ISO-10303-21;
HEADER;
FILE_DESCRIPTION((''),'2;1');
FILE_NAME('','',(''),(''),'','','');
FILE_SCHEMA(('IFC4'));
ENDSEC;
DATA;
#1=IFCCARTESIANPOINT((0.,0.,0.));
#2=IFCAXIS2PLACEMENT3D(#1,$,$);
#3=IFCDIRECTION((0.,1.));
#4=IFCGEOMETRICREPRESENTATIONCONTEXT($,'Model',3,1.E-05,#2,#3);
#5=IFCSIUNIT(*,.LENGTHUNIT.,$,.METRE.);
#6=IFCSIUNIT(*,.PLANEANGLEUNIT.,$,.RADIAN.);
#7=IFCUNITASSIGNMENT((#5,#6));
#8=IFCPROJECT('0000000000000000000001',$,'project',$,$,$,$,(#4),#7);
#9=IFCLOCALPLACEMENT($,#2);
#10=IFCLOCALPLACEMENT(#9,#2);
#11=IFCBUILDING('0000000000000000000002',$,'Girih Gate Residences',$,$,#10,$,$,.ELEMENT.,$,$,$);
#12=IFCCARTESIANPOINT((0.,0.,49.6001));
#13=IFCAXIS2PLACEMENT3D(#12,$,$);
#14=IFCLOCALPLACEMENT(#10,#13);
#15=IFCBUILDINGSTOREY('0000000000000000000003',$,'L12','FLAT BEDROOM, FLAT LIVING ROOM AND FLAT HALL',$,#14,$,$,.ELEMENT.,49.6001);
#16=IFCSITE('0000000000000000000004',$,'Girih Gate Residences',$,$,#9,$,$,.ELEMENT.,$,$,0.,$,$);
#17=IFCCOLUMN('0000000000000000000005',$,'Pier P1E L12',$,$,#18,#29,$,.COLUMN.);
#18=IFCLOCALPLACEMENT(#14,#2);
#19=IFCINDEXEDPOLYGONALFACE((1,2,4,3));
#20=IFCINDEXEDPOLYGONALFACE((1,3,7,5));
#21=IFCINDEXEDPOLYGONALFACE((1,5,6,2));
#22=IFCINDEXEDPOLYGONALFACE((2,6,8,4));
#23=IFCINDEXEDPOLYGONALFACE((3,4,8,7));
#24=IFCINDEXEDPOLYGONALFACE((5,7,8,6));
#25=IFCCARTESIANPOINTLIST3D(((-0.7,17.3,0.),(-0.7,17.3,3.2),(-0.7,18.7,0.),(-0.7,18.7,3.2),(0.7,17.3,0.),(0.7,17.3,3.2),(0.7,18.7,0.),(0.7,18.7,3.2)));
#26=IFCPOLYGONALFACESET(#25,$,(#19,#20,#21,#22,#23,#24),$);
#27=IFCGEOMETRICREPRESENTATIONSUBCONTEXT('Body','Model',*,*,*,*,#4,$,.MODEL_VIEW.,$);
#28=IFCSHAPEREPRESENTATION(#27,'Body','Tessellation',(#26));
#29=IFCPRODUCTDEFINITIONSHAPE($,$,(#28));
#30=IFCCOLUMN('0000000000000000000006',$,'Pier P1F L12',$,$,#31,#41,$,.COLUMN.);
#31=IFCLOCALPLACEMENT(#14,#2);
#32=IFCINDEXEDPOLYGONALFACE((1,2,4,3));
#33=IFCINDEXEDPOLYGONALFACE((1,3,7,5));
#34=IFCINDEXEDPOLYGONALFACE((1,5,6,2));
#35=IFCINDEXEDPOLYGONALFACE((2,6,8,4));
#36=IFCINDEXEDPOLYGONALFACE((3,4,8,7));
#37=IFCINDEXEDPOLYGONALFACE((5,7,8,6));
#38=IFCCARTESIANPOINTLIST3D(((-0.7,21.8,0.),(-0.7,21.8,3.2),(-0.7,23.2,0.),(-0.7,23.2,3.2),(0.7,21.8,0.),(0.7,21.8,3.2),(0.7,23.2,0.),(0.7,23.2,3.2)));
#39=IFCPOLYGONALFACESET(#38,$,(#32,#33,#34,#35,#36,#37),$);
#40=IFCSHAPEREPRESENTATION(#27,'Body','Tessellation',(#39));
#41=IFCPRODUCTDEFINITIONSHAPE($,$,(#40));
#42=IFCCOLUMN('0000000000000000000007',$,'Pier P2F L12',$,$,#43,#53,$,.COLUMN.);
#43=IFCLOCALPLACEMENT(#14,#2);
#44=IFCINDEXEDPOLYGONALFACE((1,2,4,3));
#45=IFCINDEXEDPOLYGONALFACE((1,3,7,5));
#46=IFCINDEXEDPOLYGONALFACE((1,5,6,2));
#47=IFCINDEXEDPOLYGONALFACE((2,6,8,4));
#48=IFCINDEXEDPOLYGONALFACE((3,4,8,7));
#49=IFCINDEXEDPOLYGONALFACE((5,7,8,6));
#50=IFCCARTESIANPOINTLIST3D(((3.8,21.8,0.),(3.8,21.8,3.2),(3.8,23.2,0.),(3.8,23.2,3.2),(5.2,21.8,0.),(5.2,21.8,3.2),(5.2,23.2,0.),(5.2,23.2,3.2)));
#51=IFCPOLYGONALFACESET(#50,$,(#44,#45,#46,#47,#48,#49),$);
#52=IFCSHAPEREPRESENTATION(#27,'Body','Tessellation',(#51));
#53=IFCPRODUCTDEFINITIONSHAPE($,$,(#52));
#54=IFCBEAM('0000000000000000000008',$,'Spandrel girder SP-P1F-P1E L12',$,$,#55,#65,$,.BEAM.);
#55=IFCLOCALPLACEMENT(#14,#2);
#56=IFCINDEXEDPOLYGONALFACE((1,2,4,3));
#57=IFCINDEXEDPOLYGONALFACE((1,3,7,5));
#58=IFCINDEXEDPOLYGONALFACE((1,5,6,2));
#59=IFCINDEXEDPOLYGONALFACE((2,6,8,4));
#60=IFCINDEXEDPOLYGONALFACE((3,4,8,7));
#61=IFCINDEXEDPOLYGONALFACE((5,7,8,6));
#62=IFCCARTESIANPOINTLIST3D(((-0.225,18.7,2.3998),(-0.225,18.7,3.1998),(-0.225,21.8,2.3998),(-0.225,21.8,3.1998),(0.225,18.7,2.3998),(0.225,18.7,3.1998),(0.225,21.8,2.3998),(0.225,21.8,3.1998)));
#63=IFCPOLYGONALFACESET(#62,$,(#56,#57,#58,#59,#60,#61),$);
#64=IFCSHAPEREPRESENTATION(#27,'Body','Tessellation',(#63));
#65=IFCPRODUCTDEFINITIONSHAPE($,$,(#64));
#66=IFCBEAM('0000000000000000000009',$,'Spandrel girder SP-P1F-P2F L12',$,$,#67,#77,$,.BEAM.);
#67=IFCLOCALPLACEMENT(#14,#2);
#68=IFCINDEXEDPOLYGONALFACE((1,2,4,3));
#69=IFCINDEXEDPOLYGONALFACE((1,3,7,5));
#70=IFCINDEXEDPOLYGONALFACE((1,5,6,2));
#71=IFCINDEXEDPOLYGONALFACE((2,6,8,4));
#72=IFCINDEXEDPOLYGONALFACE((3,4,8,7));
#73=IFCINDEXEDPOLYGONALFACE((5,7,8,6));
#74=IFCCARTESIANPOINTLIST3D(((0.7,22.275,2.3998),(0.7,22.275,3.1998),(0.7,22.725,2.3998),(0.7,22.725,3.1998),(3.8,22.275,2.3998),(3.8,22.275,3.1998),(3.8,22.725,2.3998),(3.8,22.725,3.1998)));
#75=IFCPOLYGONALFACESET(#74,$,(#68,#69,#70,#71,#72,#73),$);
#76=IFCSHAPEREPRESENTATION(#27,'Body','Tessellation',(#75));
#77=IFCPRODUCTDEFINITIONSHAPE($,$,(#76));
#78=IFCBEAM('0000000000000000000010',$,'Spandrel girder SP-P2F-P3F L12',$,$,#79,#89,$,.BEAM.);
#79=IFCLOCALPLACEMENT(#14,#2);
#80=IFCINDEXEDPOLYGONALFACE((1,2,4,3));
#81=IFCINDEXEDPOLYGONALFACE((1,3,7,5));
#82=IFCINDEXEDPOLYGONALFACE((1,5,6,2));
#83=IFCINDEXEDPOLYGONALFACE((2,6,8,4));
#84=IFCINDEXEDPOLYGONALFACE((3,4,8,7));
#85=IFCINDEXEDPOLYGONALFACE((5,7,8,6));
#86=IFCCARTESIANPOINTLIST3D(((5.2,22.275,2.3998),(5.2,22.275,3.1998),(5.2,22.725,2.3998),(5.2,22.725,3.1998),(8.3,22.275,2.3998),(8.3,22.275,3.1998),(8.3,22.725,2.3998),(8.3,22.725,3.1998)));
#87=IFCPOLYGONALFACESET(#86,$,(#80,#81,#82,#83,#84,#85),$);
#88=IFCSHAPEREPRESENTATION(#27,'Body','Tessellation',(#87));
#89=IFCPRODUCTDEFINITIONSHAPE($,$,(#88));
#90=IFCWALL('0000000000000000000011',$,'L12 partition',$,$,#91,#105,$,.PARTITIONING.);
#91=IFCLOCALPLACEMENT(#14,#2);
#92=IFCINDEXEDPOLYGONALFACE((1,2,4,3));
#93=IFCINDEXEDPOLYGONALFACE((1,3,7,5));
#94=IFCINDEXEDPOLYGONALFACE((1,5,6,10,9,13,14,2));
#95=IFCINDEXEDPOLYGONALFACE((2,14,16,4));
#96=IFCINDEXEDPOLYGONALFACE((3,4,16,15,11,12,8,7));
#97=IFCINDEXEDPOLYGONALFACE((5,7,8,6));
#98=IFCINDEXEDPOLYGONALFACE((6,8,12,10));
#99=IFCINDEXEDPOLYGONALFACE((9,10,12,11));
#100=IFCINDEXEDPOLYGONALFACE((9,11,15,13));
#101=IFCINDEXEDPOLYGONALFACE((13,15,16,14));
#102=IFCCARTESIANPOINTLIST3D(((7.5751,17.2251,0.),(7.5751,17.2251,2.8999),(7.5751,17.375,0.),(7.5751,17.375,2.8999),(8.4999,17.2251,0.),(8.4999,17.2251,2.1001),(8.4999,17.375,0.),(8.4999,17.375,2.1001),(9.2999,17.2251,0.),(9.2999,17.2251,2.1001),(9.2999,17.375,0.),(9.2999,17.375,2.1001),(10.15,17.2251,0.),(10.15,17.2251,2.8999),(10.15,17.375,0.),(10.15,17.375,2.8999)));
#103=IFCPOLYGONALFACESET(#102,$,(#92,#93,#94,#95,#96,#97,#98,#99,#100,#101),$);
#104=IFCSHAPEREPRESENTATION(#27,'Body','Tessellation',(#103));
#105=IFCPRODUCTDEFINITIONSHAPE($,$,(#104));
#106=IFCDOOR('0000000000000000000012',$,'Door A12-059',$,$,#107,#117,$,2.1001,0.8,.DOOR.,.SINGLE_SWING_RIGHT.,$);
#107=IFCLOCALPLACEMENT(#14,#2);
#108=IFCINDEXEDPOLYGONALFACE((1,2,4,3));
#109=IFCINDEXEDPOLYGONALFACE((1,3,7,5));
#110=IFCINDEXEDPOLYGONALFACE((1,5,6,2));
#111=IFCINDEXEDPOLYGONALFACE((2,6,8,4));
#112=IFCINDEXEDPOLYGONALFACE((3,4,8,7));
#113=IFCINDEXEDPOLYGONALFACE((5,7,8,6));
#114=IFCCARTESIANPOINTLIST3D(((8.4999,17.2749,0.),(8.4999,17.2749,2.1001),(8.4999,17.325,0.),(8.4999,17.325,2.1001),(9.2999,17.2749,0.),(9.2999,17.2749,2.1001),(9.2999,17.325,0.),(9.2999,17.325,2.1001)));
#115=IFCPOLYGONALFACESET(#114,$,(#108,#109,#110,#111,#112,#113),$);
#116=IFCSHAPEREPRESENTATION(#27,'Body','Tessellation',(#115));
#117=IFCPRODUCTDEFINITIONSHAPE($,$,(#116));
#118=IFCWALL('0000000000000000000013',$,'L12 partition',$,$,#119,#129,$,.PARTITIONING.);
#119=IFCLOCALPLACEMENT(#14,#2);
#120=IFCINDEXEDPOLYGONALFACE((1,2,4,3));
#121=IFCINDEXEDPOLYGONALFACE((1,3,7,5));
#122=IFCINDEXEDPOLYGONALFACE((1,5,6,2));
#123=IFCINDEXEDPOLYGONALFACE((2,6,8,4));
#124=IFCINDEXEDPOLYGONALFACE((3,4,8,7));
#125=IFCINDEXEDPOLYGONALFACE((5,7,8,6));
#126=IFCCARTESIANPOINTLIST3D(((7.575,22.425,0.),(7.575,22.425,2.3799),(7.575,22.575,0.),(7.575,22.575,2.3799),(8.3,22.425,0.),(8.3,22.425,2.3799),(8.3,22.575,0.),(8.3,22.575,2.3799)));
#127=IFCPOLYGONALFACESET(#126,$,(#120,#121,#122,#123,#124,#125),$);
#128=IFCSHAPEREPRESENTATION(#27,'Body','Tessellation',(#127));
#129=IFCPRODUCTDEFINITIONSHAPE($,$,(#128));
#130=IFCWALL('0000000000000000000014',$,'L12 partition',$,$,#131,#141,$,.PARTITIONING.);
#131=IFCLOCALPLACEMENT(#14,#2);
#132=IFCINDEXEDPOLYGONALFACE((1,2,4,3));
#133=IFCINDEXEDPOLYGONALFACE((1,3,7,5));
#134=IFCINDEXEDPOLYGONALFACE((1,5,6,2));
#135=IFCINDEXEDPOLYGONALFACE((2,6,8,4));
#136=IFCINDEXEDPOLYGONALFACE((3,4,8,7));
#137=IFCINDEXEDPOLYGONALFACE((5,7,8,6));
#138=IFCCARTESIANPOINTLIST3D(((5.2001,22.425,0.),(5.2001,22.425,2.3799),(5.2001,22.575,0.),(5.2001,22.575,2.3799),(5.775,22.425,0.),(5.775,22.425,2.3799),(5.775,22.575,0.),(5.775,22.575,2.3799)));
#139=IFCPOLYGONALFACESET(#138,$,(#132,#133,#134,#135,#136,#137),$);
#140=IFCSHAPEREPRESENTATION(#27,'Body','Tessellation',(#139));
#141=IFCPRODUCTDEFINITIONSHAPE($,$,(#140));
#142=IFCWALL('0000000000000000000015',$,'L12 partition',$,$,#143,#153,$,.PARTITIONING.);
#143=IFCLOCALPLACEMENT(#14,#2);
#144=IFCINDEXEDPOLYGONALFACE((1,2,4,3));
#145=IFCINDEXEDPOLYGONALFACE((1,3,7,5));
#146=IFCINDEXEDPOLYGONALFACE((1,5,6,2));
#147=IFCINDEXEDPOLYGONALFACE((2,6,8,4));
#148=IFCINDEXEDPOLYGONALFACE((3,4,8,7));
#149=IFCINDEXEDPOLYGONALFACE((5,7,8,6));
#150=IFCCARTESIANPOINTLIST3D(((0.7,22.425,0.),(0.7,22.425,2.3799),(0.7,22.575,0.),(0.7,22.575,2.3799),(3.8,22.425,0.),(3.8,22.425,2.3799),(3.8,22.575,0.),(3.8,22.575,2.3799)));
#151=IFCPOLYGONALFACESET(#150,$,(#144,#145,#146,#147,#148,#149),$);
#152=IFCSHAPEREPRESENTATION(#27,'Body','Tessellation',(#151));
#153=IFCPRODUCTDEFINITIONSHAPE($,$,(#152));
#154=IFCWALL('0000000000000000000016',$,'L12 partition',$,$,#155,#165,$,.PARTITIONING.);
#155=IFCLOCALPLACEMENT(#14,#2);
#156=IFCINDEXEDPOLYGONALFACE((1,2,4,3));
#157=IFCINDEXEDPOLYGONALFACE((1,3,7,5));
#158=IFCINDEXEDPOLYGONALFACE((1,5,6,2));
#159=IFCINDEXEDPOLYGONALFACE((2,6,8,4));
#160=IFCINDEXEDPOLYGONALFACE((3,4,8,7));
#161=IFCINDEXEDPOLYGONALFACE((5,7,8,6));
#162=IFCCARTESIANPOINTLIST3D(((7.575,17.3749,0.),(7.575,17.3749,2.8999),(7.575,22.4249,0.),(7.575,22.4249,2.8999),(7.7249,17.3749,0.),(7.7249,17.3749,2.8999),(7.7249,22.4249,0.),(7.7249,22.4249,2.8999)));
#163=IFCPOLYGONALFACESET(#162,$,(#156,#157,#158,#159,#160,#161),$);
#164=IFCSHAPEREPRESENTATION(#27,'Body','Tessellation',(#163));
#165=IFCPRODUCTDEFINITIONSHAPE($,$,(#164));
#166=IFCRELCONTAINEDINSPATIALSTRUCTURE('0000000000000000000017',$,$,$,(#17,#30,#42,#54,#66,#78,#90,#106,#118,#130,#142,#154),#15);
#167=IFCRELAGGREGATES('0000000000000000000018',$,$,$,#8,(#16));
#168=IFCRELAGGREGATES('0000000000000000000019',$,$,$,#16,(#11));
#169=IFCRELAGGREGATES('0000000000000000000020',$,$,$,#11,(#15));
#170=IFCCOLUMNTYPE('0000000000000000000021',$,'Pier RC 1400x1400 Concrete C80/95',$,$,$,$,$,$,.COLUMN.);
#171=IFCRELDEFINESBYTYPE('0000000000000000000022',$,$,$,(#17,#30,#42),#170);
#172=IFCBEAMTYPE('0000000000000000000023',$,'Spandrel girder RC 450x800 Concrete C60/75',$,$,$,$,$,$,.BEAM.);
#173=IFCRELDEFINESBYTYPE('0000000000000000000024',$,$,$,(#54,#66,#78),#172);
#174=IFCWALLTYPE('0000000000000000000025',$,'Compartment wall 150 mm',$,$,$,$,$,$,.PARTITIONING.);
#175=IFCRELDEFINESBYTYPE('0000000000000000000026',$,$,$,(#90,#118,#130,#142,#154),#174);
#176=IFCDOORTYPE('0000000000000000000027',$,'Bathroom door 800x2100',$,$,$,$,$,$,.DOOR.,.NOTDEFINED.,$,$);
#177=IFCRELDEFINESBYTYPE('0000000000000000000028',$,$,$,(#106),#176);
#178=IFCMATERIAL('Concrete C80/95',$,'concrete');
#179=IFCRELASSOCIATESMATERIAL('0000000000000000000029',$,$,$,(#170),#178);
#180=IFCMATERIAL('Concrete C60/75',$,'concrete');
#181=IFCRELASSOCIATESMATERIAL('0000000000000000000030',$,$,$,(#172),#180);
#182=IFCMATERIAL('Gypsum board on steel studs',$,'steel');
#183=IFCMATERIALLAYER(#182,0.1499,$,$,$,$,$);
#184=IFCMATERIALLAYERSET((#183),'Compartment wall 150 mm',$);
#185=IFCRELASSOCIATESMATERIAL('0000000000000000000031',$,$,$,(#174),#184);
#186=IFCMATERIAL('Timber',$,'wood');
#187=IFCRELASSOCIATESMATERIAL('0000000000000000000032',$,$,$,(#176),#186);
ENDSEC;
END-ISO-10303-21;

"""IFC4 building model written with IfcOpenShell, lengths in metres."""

from ifc_helpers import new_model, si_unit, direction, frame, frame_2d, origin, origin_2d, place, context, subcontext, project, spatial, rectangle, extrude, material, layer, layer_set, material_profile, profile_set, type_object, element, fill, save


model = new_model("IFC4")

# Units and contexts
model_context = context("Model", 3, precision=1e-05, world=origin(), true_north=direction((0.0, 1.0)))
body_context = subcontext(model_context, "Body", "Model", "MODEL_VIEW")
ifc_project = project(units=[si_unit("LENGTHUNIT", "METRE"), si_unit("PLANEANGLEUNIT", "RADIAN")], contexts=[model_context])

# Site, building, storey
site_placement = place(None, origin())
site = spatial("IfcSite", under=ifc_project, at=site_placement, Name="Girih Gate Residences", CompositionType="ELEMENT", RefElevation=0.0)
building_placement = place(site_placement, origin())
building = spatial("IfcBuilding", under=site, at=building_placement, Name="Girih Gate Residences", CompositionType="ELEMENT")
storey_placement = place(building_placement, frame((0.0, 0.0, 49.6001)))
storey = spatial("IfcBuildingStorey", under=building, at=storey_placement, Name="L12", Description="FLAT BEDROOM, FLAT LIVING ROOM AND FLAT HALL", CompositionType="ELEMENT", Elevation=49.6001)

# Columns
ifc_material_1 = material(Name="Concrete C80/95", Category="concrete")
ifc_material_profile_1 = material_profile(ifc_material_1, rectangle(XDim=1.3999, YDim=1.3999, at=origin_2d()))
ifc_profile_set_1 = profile_set([ifc_material_profile_1], Name="Concrete C80/95")
column_type = type_object("IfcColumnType", Name="Pier RC 1400x1400 Concrete C80/95", PredefinedType="COLUMN", material=ifc_profile_set_1)
for number, where, z_axis, x_axis, name in (
    (1, (0.0, 18.0, 0.0), (0.0, 0.0, 1.0), (1.0, 0.0, 0.0), "Pier P1E L12"),
    (2, (0.0, 22.5, 0.0), (0.0, 0.0, 1.0), (1.0, 0.0, 0.0), "Pier P1F L12"),
    (3, (4.5, 22.5, 0.0), (0.0, 0.0, 1.0), (1.0, 0.0, 0.0), "Pier P2F L12"),
):
    element("IfcColumn", number, at=place(storey_placement, frame(where, z_axis=z_axis, x_axis=x_axis)), inside=storey, type_object=column_type, Name=name, PredefinedType="COLUMN", context=body_context, shape_type="SweptSolid", body=[
        extrude(rectangle(XDim=1.3999, YDim=1.3999, at=origin_2d()), origin(), (0.0, 0.0, 1.0), 3.2),
    ])

# Beams
ifc_material_2 = material(Name="Concrete C60/75", Category="concrete")
ifc_material_profile_2 = material_profile(ifc_material_2, rectangle(XDim=0.45, YDim=0.8, at=origin_2d()))
ifc_profile_set_2 = profile_set([ifc_material_profile_2], Name="Concrete C60/75")
beam_type = type_object("IfcBeamType", Name="Spandrel girder RC 450x800 Concrete C60/75", PredefinedType="BEAM", material=ifc_profile_set_2)
for number, where, z_axis, x_axis, name in (
    (4, (0.0, 21.8, 2.7998), (0.0, -1.0, 0.0), (1.0, 0.0, 0.0), "Spandrel girder SP-P1F-P1E L12"),
    (5, (0.7, 22.5, 2.7998), (1.0, 0.0, 0.0), (0.0, 1.0, 0.0), "Spandrel girder SP-P1F-P2F L12"),
    (6, (5.2, 22.5, 2.7998), (1.0, 0.0, 0.0), (0.0, 1.0, 0.0), "Spandrel girder SP-P2F-P3F L12"),
):
    element("IfcBeam", number, at=place(storey_placement, frame(where, z_axis=z_axis, x_axis=x_axis)), inside=storey, type_object=beam_type, Name=name, PredefinedType="BEAM", context=body_context, shape_type="SweptSolid", body=[
        extrude(rectangle(XDim=0.45, YDim=0.8, at=origin_2d()), origin(), (0.0, 0.0, 1.0), 3.1001),
    ])

# Wall, opening, door
ifc_material_3 = material(Name="Gypsum board on steel studs", Category="steel")
ifc_layer_1 = layer(ifc_material_3, 0.1499)
ifc_layer_set_1 = layer_set([ifc_layer_1], Name="Compartment wall 150 mm")
wall_type_1 = type_object("IfcWallType", Name="Compartment wall 150 mm", PredefinedType="PARTITIONING", material=ifc_layer_set_1)
wall_1_placement = place(storey_placement, frame((7.575, 17.3, 0.0), z_axis=(0.0, 0.0, 1.0), x_axis=(1.0, 0.0, 0.0)))
wall_1 = element("IfcWall", 7, at=wall_1_placement, inside=storey, type_object=wall_type_1, Name="L12 partition", PredefinedType="PARTITIONING", context=body_context, shape_type="SweptSolid", body=[
    extrude(rectangle(XDim=2.575, YDim=0.1499, at=frame_2d((1.2876, 0.0))), origin(), (0.0, 0.0, 1.0), 2.8999),
])
opening_1_placement = place(wall_1_placement, frame((0.925, 0.0, 0.0)))
opening_1 = element("IfcOpeningElement", 8, at=opening_1_placement, cuts=wall_1, PredefinedType="OPENING", context=body_context, shape_type="SweptSolid", body=[
    extrude(rectangle(XDim=0.8, YDim=2.1001, at=frame_2d((0.3999, 1.05))), frame((0.0, 0.085, 0.0), z_axis=(0.0, -1.0, 0.0), x_axis=(1.0, 0.0, 0.0)), (0.0, 0.0, 1.0), 0.1699),
])
ifc_material_4 = material(Name="Timber", Category="wood")
door_type = type_object("IfcDoorType", Name="Bathroom door 800x2100", OperationType="NOTDEFINED", PredefinedType="DOOR", material=ifc_material_4)
door_placement = place(opening_1_placement, origin())
door = element("IfcDoor", 9, at=door_placement, inside=storey, type_object=door_type, Name="Door A12-059", OperationType="SINGLE_SWING_RIGHT", OverallHeight=2.1001, OverallWidth=0.8, PredefinedType="DOOR", context=body_context, shape_type="SweptSolid", body=[
    extrude(rectangle(XDim=0.8, YDim=2.1001, at=frame_2d((0.3999, 1.05))), frame((0.0, 0.0249, 0.0), z_axis=(0.0, -1.0, 0.0), x_axis=(1.0, 0.0, 0.0)), (0.0, 0.0, 1.0), 0.05),
])
fill(opening_1, door)

# Walls
wall_2_placement = place(storey_placement, frame((7.575, 22.5, 0.0), z_axis=(0.0, 0.0, 1.0), x_axis=(1.0, 0.0, 0.0)))
element("IfcWall", 10, at=wall_2_placement, inside=storey, type_object=wall_type_1, Name="L12 partition", PredefinedType="PARTITIONING", context=body_context, shape_type="SweptSolid", body=[
    extrude(rectangle(XDim=0.7251, YDim=0.1499, at=frame_2d((0.3625, 0.0))), origin(), (0.0, 0.0, 1.0), 2.3799),
])
wall_3_placement = place(storey_placement, frame((5.2, 22.5, 0.0), z_axis=(0.0, 0.0, 1.0), x_axis=(1.0, 0.0, 0.0)))
element("IfcWall", 11, at=wall_3_placement, inside=storey, type_object=wall_type_1, Name="L12 partition", PredefinedType="PARTITIONING", context=body_context, shape_type="SweptSolid", body=[
    extrude(rectangle(XDim=0.575, YDim=0.1499, at=frame_2d((0.2876, 0.0))), origin(), (0.0, 0.0, 1.0), 2.3799),
])
wall_4_placement = place(storey_placement, frame((0.7, 22.5, 0.0), z_axis=(0.0, 0.0, 1.0), x_axis=(1.0, 0.0, 0.0)))
element("IfcWall", 12, at=wall_4_placement, inside=storey, type_object=wall_type_1, Name="L12 partition", PredefinedType="PARTITIONING", context=body_context, shape_type="SweptSolid", body=[
    extrude(rectangle(XDim=3.1001, YDim=0.1499, at=frame_2d((1.55, 0.0))), origin(), (0.0, 0.0, 1.0), 2.3799),
])
wall_5_placement = place(storey_placement, frame((7.6499, 17.375, 0.0), z_axis=(0.0, 0.0, 1.0), x_axis=(0.0, 1.0, 0.0)))
element("IfcWall", 13, at=wall_5_placement, inside=storey, type_object=wall_type_1, Name="L12 partition", PredefinedType="PARTITIONING", context=body_context, shape_type="SweptSolid", body=[
    extrude(rectangle(XDim=5.05, YDim=0.1499, at=frame_2d((2.5249, 0.0))), origin(), (0.0, 0.0, 1.0), 2.8999),
])

save(model, "model.ifc")
